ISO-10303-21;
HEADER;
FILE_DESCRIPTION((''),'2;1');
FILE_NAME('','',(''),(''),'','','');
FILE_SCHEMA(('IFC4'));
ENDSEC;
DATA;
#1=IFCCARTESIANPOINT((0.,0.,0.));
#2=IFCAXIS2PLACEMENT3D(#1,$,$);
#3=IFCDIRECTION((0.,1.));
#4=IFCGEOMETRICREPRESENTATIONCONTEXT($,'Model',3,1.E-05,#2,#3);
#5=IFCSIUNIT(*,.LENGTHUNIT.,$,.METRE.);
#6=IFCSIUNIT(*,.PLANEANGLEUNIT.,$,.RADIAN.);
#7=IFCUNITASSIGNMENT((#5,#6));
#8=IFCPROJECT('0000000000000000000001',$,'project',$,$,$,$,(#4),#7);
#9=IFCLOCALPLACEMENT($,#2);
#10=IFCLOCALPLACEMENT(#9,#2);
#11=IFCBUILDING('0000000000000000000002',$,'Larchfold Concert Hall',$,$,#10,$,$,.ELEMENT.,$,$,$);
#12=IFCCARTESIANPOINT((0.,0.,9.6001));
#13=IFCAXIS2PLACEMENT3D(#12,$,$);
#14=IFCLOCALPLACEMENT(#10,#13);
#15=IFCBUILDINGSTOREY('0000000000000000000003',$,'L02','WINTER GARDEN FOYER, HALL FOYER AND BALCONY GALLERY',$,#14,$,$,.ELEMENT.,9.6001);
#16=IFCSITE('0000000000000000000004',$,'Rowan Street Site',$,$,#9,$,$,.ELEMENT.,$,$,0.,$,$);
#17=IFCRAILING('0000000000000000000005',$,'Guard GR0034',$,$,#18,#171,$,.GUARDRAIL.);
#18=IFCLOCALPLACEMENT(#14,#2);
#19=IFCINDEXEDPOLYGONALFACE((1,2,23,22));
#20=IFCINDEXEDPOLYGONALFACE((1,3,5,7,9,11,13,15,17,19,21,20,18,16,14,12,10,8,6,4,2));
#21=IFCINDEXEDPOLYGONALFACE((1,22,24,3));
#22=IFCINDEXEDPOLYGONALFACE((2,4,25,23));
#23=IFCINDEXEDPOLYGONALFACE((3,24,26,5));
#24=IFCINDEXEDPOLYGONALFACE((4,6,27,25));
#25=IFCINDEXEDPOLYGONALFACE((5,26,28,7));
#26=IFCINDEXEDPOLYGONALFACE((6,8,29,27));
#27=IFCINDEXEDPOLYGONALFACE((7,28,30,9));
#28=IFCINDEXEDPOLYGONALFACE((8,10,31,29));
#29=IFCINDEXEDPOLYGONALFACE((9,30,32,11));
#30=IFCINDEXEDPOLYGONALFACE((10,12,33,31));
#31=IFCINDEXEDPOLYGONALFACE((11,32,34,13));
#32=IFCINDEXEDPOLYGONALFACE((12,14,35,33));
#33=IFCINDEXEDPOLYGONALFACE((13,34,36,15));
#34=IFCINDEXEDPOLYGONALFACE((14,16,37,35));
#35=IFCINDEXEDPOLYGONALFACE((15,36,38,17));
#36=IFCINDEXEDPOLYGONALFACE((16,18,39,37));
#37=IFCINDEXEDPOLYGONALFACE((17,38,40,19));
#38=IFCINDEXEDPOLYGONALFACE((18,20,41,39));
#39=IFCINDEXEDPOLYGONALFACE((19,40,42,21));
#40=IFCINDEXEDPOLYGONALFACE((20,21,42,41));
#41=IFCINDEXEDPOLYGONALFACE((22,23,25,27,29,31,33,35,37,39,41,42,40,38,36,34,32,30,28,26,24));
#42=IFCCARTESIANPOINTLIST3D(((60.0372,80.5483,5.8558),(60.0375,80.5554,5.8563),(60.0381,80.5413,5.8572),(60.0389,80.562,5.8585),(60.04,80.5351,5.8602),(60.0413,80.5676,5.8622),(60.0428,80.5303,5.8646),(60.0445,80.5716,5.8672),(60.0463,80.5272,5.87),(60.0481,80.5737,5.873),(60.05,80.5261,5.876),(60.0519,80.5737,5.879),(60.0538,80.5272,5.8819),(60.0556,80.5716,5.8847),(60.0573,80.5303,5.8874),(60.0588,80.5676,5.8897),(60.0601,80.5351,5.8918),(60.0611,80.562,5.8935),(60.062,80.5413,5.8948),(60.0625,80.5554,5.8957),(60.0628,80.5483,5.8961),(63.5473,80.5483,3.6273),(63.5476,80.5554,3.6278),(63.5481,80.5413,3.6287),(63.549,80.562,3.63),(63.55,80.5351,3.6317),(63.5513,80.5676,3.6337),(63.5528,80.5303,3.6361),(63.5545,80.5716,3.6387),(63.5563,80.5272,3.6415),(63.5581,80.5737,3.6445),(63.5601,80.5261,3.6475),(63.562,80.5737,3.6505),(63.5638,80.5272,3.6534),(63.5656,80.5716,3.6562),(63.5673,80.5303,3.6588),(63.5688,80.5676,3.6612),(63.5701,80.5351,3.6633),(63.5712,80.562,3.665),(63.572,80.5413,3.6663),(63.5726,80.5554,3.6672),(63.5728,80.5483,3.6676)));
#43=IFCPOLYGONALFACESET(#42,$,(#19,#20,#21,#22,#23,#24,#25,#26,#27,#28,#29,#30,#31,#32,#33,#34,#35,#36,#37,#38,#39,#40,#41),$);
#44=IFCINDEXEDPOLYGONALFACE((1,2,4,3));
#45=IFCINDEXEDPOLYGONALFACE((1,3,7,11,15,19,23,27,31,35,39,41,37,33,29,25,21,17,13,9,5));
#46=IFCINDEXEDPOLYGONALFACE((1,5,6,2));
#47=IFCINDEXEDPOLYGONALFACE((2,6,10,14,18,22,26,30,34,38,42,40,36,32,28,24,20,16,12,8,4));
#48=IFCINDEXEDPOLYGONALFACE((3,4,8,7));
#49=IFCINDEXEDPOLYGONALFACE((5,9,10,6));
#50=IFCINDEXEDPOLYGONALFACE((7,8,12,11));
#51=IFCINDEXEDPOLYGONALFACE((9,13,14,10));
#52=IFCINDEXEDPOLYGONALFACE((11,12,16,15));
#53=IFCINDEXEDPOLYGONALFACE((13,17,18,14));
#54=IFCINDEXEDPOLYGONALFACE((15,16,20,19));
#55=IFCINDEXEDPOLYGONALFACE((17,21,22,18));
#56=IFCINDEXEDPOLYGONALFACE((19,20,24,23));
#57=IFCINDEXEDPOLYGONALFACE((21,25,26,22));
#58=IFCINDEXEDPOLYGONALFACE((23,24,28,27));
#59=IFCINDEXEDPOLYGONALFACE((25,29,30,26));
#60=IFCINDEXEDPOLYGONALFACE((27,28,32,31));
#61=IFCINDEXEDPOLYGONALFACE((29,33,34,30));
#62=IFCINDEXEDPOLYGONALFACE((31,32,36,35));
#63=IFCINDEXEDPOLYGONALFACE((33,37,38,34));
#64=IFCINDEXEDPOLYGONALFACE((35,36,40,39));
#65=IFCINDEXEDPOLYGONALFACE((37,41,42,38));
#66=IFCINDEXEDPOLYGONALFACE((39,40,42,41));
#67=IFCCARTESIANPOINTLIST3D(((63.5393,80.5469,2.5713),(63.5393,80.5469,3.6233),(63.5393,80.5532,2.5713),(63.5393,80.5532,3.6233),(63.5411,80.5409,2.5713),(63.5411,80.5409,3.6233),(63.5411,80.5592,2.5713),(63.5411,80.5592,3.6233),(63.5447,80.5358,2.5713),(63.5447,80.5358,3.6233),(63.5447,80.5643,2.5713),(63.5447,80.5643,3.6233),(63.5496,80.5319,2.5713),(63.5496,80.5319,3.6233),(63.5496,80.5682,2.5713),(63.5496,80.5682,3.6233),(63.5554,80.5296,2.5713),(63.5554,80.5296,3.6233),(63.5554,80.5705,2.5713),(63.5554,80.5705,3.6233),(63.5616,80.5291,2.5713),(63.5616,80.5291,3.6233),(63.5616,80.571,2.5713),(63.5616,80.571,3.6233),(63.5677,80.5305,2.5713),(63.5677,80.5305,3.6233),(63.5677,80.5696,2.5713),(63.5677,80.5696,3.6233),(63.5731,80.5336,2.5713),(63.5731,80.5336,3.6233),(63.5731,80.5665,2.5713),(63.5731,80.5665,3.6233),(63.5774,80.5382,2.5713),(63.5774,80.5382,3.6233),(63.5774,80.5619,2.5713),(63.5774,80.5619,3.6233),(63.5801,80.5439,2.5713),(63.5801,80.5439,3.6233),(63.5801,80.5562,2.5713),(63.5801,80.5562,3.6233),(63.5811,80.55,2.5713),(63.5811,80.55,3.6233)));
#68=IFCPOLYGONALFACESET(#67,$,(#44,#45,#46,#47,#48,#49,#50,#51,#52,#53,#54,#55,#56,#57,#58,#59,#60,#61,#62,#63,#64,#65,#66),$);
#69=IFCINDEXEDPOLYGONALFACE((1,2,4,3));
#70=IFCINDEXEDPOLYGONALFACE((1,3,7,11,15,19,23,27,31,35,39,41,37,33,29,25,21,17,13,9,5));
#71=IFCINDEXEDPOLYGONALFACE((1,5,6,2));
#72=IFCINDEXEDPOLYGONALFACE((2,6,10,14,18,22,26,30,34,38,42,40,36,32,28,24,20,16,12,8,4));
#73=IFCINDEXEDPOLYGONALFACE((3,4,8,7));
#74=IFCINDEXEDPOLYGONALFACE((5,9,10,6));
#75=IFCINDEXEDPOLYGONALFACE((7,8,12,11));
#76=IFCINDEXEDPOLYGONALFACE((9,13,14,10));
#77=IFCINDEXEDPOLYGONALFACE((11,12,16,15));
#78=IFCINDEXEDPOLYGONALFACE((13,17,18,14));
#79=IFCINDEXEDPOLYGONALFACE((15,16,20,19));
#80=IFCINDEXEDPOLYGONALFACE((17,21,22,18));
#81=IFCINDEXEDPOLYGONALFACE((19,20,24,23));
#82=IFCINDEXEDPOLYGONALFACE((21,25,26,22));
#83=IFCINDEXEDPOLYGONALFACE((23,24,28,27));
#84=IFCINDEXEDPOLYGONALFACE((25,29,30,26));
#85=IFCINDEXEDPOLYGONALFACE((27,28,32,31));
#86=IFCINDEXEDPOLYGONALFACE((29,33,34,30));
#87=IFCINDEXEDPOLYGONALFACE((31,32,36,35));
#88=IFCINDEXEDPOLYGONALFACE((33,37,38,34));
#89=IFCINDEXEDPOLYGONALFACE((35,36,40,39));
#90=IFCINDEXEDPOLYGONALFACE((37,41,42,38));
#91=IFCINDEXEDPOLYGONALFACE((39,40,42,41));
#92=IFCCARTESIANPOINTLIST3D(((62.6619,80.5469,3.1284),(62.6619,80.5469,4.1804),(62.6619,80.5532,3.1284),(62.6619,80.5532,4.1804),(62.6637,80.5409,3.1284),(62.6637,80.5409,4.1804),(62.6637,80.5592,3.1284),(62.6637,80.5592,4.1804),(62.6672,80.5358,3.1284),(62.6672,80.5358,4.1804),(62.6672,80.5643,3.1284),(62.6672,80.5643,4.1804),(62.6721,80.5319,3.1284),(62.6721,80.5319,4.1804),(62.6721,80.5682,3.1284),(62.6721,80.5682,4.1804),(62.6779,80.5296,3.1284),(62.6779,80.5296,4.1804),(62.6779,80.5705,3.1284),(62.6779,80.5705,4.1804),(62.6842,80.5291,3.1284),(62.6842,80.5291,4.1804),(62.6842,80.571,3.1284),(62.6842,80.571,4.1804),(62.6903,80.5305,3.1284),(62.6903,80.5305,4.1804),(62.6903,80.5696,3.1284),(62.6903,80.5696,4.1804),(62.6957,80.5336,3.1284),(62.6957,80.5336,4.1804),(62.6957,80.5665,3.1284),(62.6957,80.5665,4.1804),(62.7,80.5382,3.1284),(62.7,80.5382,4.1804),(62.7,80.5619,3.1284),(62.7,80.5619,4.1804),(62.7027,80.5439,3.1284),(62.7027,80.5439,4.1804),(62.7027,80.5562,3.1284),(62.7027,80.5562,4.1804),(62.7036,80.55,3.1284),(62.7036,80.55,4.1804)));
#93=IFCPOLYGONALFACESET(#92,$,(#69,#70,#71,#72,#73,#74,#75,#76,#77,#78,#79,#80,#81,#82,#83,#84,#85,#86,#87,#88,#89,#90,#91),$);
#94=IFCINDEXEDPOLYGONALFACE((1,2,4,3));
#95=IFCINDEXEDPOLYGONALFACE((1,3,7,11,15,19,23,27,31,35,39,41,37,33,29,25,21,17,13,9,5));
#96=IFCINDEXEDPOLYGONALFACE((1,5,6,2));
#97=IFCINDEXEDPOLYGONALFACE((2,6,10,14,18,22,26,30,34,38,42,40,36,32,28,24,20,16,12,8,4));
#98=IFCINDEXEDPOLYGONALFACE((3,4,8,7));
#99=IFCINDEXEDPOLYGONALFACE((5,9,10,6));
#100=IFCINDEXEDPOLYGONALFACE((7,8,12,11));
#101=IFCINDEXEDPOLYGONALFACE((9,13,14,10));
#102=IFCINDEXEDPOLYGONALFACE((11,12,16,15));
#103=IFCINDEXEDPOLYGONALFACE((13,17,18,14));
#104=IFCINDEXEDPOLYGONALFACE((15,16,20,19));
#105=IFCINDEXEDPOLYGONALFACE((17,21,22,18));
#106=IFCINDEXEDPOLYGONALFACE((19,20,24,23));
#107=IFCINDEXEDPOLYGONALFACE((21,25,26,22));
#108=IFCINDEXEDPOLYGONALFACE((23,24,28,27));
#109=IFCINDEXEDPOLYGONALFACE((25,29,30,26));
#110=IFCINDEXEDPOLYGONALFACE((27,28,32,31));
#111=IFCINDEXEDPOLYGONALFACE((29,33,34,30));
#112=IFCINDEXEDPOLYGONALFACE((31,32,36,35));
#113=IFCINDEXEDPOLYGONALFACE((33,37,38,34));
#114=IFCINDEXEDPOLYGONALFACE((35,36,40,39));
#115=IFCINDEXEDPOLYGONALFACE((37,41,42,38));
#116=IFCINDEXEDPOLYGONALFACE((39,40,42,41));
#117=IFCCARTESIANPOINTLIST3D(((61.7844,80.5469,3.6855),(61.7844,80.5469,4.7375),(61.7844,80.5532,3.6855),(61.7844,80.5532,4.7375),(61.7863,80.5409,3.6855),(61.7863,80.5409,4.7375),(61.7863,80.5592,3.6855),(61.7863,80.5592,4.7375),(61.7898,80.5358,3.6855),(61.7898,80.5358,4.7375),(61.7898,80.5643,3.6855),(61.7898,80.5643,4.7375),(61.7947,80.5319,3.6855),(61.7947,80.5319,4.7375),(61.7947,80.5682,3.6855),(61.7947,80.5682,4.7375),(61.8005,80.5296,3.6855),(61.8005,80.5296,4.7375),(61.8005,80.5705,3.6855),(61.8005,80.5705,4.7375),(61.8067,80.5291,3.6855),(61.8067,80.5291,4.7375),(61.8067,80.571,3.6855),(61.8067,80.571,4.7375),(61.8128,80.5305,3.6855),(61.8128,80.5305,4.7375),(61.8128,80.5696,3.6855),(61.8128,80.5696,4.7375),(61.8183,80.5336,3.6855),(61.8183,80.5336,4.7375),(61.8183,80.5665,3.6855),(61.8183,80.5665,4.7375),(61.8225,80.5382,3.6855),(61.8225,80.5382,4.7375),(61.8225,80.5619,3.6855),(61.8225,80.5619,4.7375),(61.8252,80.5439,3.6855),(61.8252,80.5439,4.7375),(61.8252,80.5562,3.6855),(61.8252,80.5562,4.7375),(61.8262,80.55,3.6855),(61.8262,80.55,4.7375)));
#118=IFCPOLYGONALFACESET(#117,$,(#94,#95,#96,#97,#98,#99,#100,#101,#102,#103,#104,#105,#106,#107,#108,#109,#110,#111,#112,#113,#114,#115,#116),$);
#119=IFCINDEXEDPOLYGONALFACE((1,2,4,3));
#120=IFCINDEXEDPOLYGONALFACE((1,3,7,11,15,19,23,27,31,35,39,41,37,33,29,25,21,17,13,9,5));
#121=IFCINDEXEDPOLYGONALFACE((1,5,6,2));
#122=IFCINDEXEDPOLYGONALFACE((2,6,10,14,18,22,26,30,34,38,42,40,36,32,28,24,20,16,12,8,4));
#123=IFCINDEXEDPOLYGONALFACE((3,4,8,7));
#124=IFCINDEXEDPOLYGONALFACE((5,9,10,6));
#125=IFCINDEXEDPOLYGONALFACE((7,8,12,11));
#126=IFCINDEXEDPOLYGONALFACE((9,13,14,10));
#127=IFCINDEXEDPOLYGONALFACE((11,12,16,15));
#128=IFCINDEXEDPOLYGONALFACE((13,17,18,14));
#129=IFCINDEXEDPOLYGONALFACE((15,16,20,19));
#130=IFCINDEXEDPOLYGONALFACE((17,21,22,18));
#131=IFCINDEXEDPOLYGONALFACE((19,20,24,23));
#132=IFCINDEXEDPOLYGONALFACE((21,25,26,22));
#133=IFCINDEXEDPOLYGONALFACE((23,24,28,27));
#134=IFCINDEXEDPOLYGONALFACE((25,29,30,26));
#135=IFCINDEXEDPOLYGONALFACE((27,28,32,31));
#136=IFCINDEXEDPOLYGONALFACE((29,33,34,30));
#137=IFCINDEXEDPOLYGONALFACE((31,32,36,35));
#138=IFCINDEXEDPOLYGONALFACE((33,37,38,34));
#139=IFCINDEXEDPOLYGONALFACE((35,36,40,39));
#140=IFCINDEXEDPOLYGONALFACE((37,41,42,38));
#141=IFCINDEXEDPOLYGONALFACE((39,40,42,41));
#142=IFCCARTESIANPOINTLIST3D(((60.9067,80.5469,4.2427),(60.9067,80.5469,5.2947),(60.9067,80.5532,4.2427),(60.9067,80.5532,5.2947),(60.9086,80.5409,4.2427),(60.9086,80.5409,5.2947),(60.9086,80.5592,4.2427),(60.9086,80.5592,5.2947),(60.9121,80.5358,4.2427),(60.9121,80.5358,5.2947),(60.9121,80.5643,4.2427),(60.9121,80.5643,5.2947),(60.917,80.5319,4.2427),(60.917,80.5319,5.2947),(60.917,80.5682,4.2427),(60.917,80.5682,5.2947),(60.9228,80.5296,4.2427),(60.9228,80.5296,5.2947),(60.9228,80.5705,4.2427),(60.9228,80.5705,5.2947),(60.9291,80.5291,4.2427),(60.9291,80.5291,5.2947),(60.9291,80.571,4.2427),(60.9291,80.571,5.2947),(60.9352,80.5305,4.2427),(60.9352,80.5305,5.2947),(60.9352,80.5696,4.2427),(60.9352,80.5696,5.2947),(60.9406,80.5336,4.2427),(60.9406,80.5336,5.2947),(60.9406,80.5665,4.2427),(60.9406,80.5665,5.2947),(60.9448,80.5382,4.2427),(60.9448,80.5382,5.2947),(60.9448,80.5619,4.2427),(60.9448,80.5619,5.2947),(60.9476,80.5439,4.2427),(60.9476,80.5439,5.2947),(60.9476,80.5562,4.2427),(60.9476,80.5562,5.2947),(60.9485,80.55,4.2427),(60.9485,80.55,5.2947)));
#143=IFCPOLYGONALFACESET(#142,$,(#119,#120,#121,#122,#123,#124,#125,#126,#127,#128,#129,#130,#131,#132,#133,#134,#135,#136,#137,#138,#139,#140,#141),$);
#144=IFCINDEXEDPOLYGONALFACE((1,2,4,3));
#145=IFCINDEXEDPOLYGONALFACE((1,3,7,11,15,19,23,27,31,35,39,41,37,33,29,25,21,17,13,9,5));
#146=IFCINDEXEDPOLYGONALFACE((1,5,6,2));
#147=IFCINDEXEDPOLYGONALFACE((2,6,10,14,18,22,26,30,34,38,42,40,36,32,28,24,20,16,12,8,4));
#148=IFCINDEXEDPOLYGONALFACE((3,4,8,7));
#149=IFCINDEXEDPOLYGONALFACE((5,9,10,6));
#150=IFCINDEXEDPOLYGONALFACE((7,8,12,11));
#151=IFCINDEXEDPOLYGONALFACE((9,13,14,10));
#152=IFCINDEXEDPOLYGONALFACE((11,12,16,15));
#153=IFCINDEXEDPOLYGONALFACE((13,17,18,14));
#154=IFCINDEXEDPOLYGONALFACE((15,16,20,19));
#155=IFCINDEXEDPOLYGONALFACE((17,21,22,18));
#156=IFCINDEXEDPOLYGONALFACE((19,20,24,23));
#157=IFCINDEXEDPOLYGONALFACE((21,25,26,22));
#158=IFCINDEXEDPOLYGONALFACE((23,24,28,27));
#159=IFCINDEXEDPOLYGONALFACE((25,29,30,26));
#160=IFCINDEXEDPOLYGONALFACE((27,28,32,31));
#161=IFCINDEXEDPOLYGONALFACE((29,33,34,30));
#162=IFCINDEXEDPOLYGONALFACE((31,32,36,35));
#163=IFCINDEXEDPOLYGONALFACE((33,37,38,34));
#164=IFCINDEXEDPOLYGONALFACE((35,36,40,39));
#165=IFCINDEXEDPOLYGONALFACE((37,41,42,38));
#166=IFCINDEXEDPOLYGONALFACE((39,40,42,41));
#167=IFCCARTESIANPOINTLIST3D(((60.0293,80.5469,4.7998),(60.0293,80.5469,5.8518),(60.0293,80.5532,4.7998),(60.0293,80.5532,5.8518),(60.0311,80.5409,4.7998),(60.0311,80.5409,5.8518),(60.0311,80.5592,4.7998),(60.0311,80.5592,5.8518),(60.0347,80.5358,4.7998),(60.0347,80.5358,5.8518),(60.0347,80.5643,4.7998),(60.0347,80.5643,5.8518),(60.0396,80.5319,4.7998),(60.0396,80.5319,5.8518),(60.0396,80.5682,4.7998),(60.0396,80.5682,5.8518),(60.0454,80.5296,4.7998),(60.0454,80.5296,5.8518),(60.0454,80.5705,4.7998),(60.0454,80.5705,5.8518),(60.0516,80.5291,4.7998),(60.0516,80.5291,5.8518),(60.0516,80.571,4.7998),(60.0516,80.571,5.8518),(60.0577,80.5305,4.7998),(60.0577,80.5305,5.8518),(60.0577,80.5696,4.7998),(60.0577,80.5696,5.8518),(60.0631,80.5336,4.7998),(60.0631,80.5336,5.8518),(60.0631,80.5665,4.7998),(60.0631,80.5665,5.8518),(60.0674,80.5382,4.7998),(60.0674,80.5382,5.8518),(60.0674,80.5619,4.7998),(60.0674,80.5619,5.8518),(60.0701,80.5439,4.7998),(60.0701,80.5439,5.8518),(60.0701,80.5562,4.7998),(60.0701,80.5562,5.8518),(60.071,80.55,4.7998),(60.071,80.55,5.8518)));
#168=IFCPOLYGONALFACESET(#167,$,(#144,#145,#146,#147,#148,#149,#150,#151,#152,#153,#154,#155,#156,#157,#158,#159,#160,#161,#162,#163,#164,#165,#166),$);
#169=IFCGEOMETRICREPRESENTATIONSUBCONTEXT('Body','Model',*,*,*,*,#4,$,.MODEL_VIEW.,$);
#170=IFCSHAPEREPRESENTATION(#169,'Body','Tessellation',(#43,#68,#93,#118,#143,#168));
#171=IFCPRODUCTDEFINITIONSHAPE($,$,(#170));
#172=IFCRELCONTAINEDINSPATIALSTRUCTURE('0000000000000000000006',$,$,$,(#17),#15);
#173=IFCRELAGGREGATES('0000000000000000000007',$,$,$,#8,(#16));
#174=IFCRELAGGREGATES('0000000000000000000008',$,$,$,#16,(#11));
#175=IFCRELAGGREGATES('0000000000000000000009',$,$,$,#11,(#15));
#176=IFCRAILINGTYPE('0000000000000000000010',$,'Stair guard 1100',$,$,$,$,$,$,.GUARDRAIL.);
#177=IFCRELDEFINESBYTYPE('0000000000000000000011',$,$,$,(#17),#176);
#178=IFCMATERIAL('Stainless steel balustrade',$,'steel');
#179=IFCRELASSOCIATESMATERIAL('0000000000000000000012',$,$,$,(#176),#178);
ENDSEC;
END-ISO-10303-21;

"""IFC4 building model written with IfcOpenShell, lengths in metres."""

from ifc_helpers import new_model, si_unit, direction, frame, origin, origin_2d, place, context, subcontext, project, spatial, circle, extrude, material, type_object, element, save


model = new_model("IFC4")

# Units and contexts
model_context = context("Model", 3, precision=1e-05, world=origin(), true_north=direction((0.0, 1.0)))
body_context = subcontext(model_context, "Body", "Model", "MODEL_VIEW")
ifc_project = project(units=[si_unit("LENGTHUNIT", "METRE"), si_unit("PLANEANGLEUNIT", "RADIAN")], contexts=[model_context])

# Site, building, storey
site_placement = place(None, origin())
site = spatial("IfcSite", under=ifc_project, at=site_placement, Name="Rowan Street Site", CompositionType="ELEMENT", RefElevation=0.0)
building_placement = place(site_placement, origin())
building = spatial("IfcBuilding", under=site, at=building_placement, Name="Larchfold Concert Hall", CompositionType="ELEMENT")
storey_placement = place(building_placement, frame((0.0, 0.0, 9.6001)))
storey = spatial("IfcBuildingStorey", under=building, at=storey_placement, Name="L02", Description="WINTER GARDEN FOYER, HALL FOYER AND BALCONY GALLERY", CompositionType="ELEMENT", Elevation=9.6001)

# Railing
ifc_material_1 = material(Name="Stainless steel balustrade", Category="steel")
railing_type_1 = type_object("IfcRailingType", Name="Stair guard 1100", PredefinedType="GUARDRAIL", material=ifc_material_1)
railing_1_placement = place(storey_placement, frame((63.5601, 80.55, 2.5713)))
element("IfcRailing", 1, at=railing_1_placement, inside=storey, type_object=railing_type_1, Name="Guard GR0034", PredefinedType="GUARDRAIL", context=body_context, shape_type="SweptSolid", body=[
    extrude(circle(Radius=0.0239, at=origin_2d()), frame((0.0, 0.0, 1.0762), z_axis=(-0.84422, 0.0, 0.535998), x_axis=(0.0, -1.0, 0.0)), (0.0, 0.0, 1.0), 4.1577),
    extrude(circle(Radius=0.021, at=origin_2d()), origin(), (0.0, 0.0, 1.0), 1.052),
    extrude(circle(Radius=0.021, at=origin_2d()), frame((-0.8774, 0.0, 0.5571)), (0.0, 0.0, 1.0), 1.052),
    extrude(circle(Radius=0.021, at=origin_2d()), frame((-1.7549, 0.0, 1.1143)), (0.0, 0.0, 1.0), 1.052),
    extrude(circle(Radius=0.021, at=origin_2d()), frame((-2.6326, 0.0, 1.6714)), (0.0, 0.0, 1.0), 1.052),
    extrude(circle(Radius=0.021, at=origin_2d()), frame((-3.51, 0.0, 2.2285)), (0.0, 0.0, 1.0), 1.052),
])

save(model, "model.ifc")
